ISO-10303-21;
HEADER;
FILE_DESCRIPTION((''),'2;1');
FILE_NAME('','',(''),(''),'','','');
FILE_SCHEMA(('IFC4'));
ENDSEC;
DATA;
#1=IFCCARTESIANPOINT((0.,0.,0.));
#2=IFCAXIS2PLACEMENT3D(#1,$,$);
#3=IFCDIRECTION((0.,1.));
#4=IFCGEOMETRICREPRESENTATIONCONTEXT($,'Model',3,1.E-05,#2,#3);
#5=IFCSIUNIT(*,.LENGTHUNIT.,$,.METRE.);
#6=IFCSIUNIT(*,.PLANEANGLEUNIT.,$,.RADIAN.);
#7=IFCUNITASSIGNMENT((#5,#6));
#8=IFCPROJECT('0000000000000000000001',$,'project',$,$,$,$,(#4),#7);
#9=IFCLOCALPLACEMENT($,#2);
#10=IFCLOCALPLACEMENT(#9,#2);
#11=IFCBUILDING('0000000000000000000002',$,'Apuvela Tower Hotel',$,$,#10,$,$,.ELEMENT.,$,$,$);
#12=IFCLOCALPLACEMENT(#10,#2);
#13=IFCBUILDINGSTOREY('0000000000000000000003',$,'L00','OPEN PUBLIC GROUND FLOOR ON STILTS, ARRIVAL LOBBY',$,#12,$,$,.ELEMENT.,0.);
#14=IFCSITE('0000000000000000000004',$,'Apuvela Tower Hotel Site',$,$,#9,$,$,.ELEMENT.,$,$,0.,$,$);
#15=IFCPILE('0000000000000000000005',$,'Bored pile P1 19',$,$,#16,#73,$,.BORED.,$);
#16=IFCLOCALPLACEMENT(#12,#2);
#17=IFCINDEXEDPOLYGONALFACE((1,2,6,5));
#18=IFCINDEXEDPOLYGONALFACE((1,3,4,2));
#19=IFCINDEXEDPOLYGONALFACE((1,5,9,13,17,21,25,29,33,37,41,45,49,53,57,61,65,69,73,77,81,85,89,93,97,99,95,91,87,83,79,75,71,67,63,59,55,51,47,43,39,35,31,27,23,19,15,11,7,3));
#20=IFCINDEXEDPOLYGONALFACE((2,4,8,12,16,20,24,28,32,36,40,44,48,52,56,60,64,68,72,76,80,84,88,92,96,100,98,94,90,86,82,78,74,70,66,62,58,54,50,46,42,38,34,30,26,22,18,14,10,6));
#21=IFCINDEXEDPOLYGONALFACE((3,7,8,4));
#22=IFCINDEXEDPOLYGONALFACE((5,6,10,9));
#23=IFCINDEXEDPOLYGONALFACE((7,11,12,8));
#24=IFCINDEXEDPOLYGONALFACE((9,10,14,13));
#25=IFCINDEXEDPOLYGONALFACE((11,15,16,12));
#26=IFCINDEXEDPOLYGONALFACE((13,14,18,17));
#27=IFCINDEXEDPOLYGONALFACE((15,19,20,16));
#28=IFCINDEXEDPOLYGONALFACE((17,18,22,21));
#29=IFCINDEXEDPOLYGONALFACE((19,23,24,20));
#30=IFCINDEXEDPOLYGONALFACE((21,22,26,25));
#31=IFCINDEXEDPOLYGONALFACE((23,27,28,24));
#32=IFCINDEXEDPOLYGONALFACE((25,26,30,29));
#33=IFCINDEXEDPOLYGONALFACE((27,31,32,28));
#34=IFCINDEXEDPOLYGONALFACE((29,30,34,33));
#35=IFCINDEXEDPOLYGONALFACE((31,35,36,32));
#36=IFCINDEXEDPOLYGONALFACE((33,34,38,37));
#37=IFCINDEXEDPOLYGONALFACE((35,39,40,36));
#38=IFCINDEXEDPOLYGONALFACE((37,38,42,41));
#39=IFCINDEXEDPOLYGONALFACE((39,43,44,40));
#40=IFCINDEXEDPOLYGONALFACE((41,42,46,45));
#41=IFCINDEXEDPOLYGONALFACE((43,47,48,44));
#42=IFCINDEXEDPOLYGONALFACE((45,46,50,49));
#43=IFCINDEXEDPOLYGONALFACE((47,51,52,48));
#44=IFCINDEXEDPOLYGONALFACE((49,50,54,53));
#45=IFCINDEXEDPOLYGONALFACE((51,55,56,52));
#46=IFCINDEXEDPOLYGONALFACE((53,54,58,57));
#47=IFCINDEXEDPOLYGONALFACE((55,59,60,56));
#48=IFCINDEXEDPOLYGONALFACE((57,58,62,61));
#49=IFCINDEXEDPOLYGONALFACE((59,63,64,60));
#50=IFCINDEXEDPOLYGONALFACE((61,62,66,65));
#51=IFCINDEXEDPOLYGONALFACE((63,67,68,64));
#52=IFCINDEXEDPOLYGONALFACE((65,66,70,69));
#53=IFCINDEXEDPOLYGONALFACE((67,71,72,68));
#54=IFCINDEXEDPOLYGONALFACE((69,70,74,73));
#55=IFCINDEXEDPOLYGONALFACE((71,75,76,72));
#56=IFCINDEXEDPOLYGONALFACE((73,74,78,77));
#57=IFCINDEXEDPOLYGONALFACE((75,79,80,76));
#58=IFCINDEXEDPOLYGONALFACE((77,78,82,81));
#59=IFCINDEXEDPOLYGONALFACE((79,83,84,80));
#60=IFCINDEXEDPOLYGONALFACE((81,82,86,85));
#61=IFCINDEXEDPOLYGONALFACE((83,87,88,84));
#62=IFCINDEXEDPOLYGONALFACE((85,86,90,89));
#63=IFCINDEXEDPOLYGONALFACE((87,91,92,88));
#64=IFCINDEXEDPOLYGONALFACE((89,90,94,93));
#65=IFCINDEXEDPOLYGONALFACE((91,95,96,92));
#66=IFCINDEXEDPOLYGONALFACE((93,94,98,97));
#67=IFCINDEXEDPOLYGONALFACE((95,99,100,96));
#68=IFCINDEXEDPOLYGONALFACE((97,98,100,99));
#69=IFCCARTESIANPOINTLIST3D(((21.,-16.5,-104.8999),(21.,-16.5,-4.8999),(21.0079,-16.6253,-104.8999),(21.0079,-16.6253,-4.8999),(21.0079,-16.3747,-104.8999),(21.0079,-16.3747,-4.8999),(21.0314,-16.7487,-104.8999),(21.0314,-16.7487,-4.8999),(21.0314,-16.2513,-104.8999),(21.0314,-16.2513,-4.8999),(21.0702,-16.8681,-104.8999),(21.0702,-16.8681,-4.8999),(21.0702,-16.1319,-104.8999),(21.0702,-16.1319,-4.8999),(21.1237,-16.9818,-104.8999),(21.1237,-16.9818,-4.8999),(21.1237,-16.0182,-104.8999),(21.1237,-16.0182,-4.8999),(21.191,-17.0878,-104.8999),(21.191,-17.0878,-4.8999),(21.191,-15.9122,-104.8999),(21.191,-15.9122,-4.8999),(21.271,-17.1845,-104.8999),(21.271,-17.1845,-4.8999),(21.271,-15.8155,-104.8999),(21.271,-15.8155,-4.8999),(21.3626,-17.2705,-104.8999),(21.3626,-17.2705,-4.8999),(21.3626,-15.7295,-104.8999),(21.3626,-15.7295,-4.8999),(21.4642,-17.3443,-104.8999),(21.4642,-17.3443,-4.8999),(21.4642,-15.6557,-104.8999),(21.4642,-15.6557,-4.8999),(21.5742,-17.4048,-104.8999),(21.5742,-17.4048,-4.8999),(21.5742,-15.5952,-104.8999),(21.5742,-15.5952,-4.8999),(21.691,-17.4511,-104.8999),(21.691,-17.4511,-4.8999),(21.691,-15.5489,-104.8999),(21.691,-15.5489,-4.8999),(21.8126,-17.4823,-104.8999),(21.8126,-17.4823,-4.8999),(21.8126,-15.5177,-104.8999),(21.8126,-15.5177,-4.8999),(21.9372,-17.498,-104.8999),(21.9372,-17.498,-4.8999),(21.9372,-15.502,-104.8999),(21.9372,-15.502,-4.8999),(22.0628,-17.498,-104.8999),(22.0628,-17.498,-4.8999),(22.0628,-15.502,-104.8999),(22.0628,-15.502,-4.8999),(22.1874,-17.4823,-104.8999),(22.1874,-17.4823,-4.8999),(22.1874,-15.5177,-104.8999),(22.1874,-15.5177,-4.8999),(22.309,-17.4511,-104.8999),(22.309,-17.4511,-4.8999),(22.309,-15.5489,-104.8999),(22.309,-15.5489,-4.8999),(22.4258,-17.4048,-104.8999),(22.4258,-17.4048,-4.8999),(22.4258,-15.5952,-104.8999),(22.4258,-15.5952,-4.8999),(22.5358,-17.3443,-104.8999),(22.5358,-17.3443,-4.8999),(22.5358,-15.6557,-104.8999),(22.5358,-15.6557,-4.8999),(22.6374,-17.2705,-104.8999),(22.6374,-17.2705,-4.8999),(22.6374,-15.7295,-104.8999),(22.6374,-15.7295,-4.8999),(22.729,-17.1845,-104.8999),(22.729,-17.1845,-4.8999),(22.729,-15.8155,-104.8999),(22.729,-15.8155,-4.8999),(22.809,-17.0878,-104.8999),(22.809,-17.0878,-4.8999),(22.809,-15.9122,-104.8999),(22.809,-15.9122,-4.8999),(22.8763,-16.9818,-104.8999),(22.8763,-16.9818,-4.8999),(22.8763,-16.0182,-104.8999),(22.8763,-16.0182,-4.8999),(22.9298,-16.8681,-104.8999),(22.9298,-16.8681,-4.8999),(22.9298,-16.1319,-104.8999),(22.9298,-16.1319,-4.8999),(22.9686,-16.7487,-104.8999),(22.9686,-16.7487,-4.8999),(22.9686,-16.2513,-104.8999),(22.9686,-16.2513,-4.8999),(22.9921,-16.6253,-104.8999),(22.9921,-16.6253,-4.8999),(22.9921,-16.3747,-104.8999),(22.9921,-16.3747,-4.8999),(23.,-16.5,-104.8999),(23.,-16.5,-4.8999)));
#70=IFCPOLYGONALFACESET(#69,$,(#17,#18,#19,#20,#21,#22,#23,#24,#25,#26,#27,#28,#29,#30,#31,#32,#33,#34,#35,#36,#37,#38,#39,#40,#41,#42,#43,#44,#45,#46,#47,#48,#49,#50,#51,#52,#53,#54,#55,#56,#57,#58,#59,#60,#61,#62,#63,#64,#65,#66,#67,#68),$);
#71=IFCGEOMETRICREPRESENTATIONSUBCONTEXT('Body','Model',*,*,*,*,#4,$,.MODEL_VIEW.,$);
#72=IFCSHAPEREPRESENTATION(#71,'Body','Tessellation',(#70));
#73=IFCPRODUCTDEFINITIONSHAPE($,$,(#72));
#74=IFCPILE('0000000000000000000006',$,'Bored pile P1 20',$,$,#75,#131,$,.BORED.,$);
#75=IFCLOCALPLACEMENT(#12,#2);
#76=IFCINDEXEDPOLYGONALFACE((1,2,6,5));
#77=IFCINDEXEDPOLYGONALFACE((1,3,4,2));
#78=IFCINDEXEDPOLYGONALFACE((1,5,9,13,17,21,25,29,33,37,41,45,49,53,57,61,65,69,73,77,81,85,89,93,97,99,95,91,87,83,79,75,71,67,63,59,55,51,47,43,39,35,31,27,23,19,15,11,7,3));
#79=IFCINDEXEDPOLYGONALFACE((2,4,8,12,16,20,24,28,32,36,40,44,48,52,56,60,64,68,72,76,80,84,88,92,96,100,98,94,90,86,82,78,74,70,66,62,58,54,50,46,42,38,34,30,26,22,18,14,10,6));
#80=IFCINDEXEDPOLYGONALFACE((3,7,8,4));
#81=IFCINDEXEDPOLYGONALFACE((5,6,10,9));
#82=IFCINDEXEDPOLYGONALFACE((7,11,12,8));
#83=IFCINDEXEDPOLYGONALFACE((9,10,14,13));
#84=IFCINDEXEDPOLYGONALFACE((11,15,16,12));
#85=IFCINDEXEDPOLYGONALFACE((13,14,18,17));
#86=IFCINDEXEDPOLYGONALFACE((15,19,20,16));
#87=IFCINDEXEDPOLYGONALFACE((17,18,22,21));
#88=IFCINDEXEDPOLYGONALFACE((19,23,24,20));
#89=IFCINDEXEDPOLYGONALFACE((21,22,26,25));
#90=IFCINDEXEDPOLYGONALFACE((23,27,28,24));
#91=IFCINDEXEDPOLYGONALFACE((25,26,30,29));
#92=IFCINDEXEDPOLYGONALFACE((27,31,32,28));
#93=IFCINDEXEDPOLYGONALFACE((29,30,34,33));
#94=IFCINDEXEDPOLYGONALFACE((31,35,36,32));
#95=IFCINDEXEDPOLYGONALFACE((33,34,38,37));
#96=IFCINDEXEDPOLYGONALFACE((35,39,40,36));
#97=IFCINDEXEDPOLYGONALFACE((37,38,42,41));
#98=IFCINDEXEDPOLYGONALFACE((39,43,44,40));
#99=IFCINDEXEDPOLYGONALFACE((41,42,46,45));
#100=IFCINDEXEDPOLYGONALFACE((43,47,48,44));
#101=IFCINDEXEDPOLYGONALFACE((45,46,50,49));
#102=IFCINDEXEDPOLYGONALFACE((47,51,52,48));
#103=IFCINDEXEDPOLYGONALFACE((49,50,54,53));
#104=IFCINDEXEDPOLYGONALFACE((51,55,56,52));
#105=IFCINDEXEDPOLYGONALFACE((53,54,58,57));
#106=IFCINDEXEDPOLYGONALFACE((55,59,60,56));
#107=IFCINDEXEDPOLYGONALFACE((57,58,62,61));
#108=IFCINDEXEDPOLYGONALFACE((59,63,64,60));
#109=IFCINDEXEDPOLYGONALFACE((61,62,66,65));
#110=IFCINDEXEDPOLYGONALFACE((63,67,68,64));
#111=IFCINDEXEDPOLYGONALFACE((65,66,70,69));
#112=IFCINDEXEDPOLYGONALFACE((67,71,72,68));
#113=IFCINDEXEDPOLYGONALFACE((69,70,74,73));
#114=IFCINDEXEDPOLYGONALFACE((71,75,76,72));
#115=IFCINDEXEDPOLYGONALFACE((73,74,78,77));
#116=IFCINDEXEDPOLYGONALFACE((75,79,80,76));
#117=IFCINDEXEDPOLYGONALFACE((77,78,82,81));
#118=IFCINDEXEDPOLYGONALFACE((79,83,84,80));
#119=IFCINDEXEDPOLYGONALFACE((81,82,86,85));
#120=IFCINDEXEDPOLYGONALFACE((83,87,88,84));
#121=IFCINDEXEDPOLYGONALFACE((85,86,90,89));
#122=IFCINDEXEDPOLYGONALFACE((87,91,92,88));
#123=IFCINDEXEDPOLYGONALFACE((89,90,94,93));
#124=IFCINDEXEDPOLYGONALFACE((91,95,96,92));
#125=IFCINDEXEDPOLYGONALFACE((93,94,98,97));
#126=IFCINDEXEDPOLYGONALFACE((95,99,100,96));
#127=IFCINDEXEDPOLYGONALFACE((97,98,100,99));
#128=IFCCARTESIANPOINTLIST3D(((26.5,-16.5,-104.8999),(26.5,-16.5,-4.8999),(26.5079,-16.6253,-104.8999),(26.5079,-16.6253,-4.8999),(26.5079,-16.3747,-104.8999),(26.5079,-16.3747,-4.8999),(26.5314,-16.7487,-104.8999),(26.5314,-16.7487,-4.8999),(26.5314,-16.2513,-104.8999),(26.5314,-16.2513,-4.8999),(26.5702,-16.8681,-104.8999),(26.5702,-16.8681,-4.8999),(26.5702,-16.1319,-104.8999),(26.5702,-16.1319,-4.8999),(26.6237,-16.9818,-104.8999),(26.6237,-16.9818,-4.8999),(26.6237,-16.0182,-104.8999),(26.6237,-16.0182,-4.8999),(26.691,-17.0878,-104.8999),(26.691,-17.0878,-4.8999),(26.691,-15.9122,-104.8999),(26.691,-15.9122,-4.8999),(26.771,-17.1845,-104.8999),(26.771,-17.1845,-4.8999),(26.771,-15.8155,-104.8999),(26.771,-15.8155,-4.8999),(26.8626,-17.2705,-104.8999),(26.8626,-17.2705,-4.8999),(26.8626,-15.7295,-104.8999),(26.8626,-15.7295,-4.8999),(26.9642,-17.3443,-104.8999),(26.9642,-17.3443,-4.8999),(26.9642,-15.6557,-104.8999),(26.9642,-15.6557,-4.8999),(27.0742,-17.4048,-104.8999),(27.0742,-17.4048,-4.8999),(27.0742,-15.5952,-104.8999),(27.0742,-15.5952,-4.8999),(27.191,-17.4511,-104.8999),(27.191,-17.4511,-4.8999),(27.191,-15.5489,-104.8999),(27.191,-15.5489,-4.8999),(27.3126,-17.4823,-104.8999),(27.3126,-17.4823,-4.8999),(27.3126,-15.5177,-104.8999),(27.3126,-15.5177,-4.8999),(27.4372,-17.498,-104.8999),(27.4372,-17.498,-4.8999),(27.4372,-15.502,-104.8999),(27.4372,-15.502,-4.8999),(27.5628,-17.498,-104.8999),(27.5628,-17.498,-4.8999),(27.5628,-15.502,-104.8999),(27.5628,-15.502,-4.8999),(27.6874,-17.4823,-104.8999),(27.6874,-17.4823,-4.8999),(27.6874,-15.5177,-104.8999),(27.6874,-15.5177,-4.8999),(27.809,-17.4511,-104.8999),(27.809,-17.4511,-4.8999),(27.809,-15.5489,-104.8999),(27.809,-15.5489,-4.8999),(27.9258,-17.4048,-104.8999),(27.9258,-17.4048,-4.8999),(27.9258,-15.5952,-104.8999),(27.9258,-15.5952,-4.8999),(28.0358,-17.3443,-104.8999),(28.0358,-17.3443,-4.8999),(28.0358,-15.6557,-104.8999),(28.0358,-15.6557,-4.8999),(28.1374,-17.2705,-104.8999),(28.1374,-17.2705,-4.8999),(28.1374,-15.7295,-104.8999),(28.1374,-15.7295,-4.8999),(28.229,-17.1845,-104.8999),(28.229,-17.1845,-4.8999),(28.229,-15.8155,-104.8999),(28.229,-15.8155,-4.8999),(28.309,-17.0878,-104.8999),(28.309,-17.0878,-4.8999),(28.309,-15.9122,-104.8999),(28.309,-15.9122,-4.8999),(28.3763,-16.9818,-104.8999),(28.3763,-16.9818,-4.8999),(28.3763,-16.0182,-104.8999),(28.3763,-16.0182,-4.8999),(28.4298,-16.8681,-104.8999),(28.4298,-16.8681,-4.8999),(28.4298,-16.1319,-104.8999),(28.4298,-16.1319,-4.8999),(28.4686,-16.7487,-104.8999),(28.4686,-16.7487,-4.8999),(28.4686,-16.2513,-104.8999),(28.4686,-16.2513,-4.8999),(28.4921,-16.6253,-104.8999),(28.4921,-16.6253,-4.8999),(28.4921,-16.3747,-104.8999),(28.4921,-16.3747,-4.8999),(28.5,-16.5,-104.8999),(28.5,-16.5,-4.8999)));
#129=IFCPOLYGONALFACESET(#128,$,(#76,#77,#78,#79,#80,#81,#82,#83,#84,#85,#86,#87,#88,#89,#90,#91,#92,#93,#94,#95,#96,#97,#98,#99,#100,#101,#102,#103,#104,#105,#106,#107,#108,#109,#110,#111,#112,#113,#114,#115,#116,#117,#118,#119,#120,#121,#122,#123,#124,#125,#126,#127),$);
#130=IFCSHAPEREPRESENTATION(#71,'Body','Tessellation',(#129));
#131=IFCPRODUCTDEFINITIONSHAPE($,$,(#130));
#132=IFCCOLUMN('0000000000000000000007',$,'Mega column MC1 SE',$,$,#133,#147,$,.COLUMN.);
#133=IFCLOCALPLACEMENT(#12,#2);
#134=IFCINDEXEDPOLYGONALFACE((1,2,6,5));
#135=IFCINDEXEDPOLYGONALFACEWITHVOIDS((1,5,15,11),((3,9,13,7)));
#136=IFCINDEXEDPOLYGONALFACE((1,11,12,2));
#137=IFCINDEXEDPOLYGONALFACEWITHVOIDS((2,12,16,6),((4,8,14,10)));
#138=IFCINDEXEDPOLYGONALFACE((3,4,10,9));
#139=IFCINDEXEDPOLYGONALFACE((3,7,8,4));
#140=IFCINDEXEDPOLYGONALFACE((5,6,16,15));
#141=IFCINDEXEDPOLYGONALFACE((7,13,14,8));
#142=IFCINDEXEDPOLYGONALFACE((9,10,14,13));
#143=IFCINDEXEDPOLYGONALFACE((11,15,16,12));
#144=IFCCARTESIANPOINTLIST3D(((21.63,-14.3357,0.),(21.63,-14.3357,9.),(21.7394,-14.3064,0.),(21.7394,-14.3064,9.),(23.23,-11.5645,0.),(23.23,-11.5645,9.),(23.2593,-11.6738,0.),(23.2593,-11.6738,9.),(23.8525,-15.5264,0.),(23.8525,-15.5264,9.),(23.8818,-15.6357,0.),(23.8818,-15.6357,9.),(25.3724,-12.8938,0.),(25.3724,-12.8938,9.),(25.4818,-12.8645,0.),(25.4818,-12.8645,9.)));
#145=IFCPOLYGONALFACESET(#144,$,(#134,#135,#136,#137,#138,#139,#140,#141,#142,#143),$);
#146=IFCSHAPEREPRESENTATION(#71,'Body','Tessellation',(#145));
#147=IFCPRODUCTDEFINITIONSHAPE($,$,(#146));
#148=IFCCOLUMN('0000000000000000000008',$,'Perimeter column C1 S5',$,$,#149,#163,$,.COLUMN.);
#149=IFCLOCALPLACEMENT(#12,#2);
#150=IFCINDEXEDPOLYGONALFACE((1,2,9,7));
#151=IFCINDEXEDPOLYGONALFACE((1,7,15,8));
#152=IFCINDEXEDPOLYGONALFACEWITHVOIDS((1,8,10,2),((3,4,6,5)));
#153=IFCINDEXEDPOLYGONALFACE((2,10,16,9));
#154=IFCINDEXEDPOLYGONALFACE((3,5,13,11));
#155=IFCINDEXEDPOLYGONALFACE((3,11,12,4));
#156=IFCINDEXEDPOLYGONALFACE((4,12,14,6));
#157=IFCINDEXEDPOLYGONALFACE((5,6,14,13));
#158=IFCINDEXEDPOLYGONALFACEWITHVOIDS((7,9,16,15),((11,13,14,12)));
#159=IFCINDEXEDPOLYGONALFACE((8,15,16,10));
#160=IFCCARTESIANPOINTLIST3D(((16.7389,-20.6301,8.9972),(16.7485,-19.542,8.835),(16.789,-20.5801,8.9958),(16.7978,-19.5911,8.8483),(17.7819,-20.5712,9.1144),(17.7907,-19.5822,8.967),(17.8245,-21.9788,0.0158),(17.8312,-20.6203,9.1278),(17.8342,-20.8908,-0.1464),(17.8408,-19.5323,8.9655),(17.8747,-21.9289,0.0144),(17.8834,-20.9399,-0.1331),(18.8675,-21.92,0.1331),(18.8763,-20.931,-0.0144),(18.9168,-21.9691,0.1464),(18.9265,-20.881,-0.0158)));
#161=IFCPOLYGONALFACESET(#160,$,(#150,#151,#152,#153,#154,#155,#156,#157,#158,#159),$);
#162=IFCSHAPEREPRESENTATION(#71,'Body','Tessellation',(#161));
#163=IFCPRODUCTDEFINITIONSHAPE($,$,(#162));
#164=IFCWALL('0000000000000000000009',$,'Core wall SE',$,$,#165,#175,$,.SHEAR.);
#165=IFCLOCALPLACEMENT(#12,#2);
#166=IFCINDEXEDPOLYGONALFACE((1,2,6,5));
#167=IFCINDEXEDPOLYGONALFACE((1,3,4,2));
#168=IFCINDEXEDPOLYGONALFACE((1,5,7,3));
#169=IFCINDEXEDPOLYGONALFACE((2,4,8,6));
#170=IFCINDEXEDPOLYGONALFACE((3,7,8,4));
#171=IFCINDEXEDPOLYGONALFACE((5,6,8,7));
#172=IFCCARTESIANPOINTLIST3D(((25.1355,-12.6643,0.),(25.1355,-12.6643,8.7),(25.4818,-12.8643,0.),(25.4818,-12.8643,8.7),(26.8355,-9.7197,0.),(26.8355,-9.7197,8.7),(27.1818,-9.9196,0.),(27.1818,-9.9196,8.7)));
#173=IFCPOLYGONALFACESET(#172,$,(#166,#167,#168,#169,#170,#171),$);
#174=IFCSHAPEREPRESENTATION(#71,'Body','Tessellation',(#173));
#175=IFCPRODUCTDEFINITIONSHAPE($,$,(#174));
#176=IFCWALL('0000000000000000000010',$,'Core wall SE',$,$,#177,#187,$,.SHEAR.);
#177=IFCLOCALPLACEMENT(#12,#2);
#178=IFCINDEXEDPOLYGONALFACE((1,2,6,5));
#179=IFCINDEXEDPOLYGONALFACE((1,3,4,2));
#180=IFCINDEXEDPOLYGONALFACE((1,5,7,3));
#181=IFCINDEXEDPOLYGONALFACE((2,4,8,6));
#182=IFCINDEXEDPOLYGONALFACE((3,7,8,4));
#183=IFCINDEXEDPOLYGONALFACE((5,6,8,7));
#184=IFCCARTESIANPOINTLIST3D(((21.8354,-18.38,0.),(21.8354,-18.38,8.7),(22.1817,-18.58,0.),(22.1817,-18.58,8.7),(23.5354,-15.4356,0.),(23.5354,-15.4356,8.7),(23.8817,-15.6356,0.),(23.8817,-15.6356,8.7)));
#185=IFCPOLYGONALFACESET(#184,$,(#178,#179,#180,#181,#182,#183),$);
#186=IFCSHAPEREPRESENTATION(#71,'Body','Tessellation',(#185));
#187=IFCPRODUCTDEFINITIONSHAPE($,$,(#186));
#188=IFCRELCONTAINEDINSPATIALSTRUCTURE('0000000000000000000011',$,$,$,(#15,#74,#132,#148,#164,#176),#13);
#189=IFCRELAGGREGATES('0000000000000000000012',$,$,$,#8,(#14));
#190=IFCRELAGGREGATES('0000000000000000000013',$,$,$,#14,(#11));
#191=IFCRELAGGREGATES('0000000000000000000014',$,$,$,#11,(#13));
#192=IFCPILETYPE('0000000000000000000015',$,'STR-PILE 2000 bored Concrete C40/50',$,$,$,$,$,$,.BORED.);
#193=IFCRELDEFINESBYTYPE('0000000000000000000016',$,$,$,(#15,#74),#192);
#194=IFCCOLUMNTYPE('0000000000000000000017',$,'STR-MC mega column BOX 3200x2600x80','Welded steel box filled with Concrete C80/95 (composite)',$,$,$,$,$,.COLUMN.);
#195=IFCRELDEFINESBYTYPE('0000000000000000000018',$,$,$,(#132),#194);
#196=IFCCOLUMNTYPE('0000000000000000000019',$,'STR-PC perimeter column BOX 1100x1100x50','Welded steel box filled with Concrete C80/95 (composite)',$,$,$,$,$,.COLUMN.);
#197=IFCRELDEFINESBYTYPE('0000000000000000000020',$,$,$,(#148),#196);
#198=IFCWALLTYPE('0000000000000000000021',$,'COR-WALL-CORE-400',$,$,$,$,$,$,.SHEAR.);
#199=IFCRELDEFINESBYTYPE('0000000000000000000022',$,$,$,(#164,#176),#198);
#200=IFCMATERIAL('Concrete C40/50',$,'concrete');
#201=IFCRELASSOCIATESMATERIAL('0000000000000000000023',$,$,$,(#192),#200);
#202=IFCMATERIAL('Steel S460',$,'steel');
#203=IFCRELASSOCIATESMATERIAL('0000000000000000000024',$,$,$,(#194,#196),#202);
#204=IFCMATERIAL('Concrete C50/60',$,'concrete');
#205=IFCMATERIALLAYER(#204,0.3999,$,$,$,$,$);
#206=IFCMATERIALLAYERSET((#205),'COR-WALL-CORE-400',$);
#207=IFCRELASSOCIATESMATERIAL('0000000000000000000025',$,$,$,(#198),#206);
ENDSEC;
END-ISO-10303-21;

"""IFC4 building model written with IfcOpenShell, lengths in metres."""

from ifc_helpers import new_model, si_unit, direction, frame, frame_2d, origin, origin_2d, place, context, subcontext, project, spatial, rectangle, hollow_rectangle, circle, extrude, boolean, halfspace, material, layer, layer_set, material_profile, profile_set, type_object, element, save


model = new_model("IFC4")

# Units and contexts
model_context = context("Model", 3, precision=1e-05, world=origin(), true_north=direction((0.0, 1.0)))
body_context = subcontext(model_context, "Body", "Model", "MODEL_VIEW")
ifc_project = project(units=[si_unit("LENGTHUNIT", "METRE"), si_unit("PLANEANGLEUNIT", "RADIAN")], contexts=[model_context])

# Site, building, storey
site_placement = place(None, origin())
site = spatial("IfcSite", under=ifc_project, at=site_placement, Name="Apuvela Tower Hotel Site", CompositionType="ELEMENT", RefElevation=0.0)
building_placement = place(site_placement, origin())
building = spatial("IfcBuilding", under=site, at=building_placement, Name="Apuvela Tower Hotel", CompositionType="ELEMENT")
storey_placement = place(building_placement, origin())
storey = spatial("IfcBuildingStorey", under=building, at=storey_placement, Name="L00", Description="OPEN PUBLIC GROUND FLOOR ON STILTS, ARRIVAL LOBBY", CompositionType="ELEMENT", Elevation=0.0)

# Piles
ifc_material_1 = material(Name="Concrete C40/50", Category="concrete")
ifc_material_profile_1 = material_profile(ifc_material_1, circle(Radius=1.0, at=origin_2d()), Name="PILE 2000")
ifc_profile_set_1 = profile_set([ifc_material_profile_1], Name="Concrete C40/50")
pile_type = type_object("IfcPileType", Name="STR-PILE 2000 bored Concrete C40/50", PredefinedType="BORED", material=ifc_profile_set_1)
for number, where, z_axis, x_axis, name in (
    (1, (22.0, -16.5, -4.8999), (0.0, 0.0, -1.0), (1.0, 0.0, 0.0), "Bored pile P1 19"),
    (2, (27.5, -16.5, -4.8999), (0.0, 0.0, -1.0), (1.0, 0.0, 0.0), "Bored pile P1 20"),
):
    element("IfcPile", number, at=place(storey_placement, frame(where, z_axis=z_axis, x_axis=x_axis)), inside=storey, type_object=pile_type, Name=name, PredefinedType="BORED", context=body_context, shape_type="SweptSolid", body=[
        extrude(circle(Radius=1.0, at=origin_2d()), origin(), (0.0, 0.0, 1.0), 100.0),
    ])

# Columns
ifc_material_2 = material(Name="Steel S460", Category="steel")
ifc_material_profile_2 = material_profile(ifc_material_2, hollow_rectangle(XDim=3.2, YDim=2.6001, WallThickness=0.0801, at=origin_2d()), Name="BOX 3200x2600x80")
ifc_material_3 = material(Name="Concrete C80/95", Category="concrete")
ifc_material_profile_3 = material_profile(ifc_material_3, rectangle(XDim=3.04, YDim=2.4399, at=origin_2d()), Name="Concrete C80/95 infill")
ifc_profile_set_2 = profile_set([ifc_material_profile_2, ifc_material_profile_3], Name="Steel S460")
column_type_1 = type_object("IfcColumnType", Name="STR-MC mega column BOX 3200x2600x80", Description="Welded steel box filled with Concrete C80/95 (composite)", PredefinedType="COLUMN", material=ifc_profile_set_2)
column_1_placement = place(storey_placement, frame((23.5559, -13.6001, 0.0), z_axis=(0.0, 0.0, 1.0), x_axis=(0.5, 0.866025, 0.0)))
element("IfcColumn", 3, at=column_1_placement, inside=storey, type_object=column_type_1, Name="Mega column MC1 SE", PredefinedType="COLUMN", context=body_context, shape_type="SweptSolid", body=[
    extrude(hollow_rectangle(XDim=3.2, YDim=2.6001, WallThickness=0.0801, at=origin_2d()), origin(), (0.0, 0.0, 1.0), 9.0),
])
ifc_material_profile_4 = material_profile(ifc_material_2, hollow_rectangle(XDim=1.1001, YDim=1.1001, WallThickness=0.05, at=origin_2d()), Name="BOX 1100x1100x50")
ifc_material_profile_5 = material_profile(ifc_material_3, rectangle(XDim=1.0, YDim=1.0, at=origin_2d()), Name="Concrete C80/95 infill")
ifc_profile_set_3 = profile_set([ifc_material_profile_4, ifc_material_profile_5], Name="Steel S460")
column_type_2 = type_object("IfcColumnType", Name="STR-PC perimeter column BOX 1100x1100x50", Description="Welded steel box filled with Concrete C80/95 (composite)", PredefinedType="COLUMN", material=ifc_profile_set_3)
column_2_placement = place(storey_placement, frame((18.3755, -21.4299, 0.0), z_axis=(-0.118691, 0.147459, 0.981921), x_axis=(0.992892, 0.008884, 0.118684)))
element("IfcColumn", 4, at=column_2_placement, inside=storey, type_object=column_type_2, Name="Perimeter column C1 S5", PredefinedType="COLUMN", context=body_context, shape_type="SweptSolid", body=[
    boolean("DIFFERENCE", extrude(hollow_rectangle(XDim=1.1001, YDim=1.1001, WallThickness=0.05, at=origin_2d()), origin(), (0.0, 0.0, 1.0), 9.1658), halfspace(frame((0.0, 0.0, 9.1467), z_axis=(0.0, 0.0, 1.0), x_axis=(1.0, 0.0, 0.0)), False)),
])

# Walls
ifc_material_4 = material(Name="Concrete C50/60", Category="concrete")
ifc_layer_1 = layer(ifc_material_4, 0.3999)
ifc_layer_set_1 = layer_set([ifc_layer_1], Name="COR-WALL-CORE-400")
wall_type_1 = type_object("IfcWallType", Name="COR-WALL-CORE-400", PredefinedType="SHEAR", material=ifc_layer_set_1)
wall_1_placement = place(storey_placement, frame((25.3086, -12.7644, 0.0), z_axis=(0.0, 0.0, 1.0), x_axis=(0.499977, 0.866039, 0.0)))
element("IfcWall", 5, at=wall_1_placement, inside=storey, type_object=wall_type_1, Name="Core wall SE", PredefinedType="SHEAR", context=body_context, shape_type="SweptSolid", body=[
    extrude(rectangle(XDim=3.4001, YDim=0.3999, at=frame_2d((1.7002, 0.0))), origin(), (0.0, 0.0, 1.0), 8.7),
])
wall_2_placement = place(storey_placement, frame((22.0085, -18.48, 0.0), z_axis=(0.0, 0.0, 1.0), x_axis=(0.500008, 0.866021, 0.0)))
element("IfcWall", 6, at=wall_2_placement, inside=storey, type_object=wall_type_1, Name="Core wall SE", PredefinedType="SHEAR", context=body_context, shape_type="SweptSolid", body=[
    extrude(rectangle(XDim=3.3999, YDim=0.3999, at=frame_2d((1.7, 0.0))), origin(), (0.0, 0.0, 1.0), 8.7),
])

save(model, "model.ifc")
